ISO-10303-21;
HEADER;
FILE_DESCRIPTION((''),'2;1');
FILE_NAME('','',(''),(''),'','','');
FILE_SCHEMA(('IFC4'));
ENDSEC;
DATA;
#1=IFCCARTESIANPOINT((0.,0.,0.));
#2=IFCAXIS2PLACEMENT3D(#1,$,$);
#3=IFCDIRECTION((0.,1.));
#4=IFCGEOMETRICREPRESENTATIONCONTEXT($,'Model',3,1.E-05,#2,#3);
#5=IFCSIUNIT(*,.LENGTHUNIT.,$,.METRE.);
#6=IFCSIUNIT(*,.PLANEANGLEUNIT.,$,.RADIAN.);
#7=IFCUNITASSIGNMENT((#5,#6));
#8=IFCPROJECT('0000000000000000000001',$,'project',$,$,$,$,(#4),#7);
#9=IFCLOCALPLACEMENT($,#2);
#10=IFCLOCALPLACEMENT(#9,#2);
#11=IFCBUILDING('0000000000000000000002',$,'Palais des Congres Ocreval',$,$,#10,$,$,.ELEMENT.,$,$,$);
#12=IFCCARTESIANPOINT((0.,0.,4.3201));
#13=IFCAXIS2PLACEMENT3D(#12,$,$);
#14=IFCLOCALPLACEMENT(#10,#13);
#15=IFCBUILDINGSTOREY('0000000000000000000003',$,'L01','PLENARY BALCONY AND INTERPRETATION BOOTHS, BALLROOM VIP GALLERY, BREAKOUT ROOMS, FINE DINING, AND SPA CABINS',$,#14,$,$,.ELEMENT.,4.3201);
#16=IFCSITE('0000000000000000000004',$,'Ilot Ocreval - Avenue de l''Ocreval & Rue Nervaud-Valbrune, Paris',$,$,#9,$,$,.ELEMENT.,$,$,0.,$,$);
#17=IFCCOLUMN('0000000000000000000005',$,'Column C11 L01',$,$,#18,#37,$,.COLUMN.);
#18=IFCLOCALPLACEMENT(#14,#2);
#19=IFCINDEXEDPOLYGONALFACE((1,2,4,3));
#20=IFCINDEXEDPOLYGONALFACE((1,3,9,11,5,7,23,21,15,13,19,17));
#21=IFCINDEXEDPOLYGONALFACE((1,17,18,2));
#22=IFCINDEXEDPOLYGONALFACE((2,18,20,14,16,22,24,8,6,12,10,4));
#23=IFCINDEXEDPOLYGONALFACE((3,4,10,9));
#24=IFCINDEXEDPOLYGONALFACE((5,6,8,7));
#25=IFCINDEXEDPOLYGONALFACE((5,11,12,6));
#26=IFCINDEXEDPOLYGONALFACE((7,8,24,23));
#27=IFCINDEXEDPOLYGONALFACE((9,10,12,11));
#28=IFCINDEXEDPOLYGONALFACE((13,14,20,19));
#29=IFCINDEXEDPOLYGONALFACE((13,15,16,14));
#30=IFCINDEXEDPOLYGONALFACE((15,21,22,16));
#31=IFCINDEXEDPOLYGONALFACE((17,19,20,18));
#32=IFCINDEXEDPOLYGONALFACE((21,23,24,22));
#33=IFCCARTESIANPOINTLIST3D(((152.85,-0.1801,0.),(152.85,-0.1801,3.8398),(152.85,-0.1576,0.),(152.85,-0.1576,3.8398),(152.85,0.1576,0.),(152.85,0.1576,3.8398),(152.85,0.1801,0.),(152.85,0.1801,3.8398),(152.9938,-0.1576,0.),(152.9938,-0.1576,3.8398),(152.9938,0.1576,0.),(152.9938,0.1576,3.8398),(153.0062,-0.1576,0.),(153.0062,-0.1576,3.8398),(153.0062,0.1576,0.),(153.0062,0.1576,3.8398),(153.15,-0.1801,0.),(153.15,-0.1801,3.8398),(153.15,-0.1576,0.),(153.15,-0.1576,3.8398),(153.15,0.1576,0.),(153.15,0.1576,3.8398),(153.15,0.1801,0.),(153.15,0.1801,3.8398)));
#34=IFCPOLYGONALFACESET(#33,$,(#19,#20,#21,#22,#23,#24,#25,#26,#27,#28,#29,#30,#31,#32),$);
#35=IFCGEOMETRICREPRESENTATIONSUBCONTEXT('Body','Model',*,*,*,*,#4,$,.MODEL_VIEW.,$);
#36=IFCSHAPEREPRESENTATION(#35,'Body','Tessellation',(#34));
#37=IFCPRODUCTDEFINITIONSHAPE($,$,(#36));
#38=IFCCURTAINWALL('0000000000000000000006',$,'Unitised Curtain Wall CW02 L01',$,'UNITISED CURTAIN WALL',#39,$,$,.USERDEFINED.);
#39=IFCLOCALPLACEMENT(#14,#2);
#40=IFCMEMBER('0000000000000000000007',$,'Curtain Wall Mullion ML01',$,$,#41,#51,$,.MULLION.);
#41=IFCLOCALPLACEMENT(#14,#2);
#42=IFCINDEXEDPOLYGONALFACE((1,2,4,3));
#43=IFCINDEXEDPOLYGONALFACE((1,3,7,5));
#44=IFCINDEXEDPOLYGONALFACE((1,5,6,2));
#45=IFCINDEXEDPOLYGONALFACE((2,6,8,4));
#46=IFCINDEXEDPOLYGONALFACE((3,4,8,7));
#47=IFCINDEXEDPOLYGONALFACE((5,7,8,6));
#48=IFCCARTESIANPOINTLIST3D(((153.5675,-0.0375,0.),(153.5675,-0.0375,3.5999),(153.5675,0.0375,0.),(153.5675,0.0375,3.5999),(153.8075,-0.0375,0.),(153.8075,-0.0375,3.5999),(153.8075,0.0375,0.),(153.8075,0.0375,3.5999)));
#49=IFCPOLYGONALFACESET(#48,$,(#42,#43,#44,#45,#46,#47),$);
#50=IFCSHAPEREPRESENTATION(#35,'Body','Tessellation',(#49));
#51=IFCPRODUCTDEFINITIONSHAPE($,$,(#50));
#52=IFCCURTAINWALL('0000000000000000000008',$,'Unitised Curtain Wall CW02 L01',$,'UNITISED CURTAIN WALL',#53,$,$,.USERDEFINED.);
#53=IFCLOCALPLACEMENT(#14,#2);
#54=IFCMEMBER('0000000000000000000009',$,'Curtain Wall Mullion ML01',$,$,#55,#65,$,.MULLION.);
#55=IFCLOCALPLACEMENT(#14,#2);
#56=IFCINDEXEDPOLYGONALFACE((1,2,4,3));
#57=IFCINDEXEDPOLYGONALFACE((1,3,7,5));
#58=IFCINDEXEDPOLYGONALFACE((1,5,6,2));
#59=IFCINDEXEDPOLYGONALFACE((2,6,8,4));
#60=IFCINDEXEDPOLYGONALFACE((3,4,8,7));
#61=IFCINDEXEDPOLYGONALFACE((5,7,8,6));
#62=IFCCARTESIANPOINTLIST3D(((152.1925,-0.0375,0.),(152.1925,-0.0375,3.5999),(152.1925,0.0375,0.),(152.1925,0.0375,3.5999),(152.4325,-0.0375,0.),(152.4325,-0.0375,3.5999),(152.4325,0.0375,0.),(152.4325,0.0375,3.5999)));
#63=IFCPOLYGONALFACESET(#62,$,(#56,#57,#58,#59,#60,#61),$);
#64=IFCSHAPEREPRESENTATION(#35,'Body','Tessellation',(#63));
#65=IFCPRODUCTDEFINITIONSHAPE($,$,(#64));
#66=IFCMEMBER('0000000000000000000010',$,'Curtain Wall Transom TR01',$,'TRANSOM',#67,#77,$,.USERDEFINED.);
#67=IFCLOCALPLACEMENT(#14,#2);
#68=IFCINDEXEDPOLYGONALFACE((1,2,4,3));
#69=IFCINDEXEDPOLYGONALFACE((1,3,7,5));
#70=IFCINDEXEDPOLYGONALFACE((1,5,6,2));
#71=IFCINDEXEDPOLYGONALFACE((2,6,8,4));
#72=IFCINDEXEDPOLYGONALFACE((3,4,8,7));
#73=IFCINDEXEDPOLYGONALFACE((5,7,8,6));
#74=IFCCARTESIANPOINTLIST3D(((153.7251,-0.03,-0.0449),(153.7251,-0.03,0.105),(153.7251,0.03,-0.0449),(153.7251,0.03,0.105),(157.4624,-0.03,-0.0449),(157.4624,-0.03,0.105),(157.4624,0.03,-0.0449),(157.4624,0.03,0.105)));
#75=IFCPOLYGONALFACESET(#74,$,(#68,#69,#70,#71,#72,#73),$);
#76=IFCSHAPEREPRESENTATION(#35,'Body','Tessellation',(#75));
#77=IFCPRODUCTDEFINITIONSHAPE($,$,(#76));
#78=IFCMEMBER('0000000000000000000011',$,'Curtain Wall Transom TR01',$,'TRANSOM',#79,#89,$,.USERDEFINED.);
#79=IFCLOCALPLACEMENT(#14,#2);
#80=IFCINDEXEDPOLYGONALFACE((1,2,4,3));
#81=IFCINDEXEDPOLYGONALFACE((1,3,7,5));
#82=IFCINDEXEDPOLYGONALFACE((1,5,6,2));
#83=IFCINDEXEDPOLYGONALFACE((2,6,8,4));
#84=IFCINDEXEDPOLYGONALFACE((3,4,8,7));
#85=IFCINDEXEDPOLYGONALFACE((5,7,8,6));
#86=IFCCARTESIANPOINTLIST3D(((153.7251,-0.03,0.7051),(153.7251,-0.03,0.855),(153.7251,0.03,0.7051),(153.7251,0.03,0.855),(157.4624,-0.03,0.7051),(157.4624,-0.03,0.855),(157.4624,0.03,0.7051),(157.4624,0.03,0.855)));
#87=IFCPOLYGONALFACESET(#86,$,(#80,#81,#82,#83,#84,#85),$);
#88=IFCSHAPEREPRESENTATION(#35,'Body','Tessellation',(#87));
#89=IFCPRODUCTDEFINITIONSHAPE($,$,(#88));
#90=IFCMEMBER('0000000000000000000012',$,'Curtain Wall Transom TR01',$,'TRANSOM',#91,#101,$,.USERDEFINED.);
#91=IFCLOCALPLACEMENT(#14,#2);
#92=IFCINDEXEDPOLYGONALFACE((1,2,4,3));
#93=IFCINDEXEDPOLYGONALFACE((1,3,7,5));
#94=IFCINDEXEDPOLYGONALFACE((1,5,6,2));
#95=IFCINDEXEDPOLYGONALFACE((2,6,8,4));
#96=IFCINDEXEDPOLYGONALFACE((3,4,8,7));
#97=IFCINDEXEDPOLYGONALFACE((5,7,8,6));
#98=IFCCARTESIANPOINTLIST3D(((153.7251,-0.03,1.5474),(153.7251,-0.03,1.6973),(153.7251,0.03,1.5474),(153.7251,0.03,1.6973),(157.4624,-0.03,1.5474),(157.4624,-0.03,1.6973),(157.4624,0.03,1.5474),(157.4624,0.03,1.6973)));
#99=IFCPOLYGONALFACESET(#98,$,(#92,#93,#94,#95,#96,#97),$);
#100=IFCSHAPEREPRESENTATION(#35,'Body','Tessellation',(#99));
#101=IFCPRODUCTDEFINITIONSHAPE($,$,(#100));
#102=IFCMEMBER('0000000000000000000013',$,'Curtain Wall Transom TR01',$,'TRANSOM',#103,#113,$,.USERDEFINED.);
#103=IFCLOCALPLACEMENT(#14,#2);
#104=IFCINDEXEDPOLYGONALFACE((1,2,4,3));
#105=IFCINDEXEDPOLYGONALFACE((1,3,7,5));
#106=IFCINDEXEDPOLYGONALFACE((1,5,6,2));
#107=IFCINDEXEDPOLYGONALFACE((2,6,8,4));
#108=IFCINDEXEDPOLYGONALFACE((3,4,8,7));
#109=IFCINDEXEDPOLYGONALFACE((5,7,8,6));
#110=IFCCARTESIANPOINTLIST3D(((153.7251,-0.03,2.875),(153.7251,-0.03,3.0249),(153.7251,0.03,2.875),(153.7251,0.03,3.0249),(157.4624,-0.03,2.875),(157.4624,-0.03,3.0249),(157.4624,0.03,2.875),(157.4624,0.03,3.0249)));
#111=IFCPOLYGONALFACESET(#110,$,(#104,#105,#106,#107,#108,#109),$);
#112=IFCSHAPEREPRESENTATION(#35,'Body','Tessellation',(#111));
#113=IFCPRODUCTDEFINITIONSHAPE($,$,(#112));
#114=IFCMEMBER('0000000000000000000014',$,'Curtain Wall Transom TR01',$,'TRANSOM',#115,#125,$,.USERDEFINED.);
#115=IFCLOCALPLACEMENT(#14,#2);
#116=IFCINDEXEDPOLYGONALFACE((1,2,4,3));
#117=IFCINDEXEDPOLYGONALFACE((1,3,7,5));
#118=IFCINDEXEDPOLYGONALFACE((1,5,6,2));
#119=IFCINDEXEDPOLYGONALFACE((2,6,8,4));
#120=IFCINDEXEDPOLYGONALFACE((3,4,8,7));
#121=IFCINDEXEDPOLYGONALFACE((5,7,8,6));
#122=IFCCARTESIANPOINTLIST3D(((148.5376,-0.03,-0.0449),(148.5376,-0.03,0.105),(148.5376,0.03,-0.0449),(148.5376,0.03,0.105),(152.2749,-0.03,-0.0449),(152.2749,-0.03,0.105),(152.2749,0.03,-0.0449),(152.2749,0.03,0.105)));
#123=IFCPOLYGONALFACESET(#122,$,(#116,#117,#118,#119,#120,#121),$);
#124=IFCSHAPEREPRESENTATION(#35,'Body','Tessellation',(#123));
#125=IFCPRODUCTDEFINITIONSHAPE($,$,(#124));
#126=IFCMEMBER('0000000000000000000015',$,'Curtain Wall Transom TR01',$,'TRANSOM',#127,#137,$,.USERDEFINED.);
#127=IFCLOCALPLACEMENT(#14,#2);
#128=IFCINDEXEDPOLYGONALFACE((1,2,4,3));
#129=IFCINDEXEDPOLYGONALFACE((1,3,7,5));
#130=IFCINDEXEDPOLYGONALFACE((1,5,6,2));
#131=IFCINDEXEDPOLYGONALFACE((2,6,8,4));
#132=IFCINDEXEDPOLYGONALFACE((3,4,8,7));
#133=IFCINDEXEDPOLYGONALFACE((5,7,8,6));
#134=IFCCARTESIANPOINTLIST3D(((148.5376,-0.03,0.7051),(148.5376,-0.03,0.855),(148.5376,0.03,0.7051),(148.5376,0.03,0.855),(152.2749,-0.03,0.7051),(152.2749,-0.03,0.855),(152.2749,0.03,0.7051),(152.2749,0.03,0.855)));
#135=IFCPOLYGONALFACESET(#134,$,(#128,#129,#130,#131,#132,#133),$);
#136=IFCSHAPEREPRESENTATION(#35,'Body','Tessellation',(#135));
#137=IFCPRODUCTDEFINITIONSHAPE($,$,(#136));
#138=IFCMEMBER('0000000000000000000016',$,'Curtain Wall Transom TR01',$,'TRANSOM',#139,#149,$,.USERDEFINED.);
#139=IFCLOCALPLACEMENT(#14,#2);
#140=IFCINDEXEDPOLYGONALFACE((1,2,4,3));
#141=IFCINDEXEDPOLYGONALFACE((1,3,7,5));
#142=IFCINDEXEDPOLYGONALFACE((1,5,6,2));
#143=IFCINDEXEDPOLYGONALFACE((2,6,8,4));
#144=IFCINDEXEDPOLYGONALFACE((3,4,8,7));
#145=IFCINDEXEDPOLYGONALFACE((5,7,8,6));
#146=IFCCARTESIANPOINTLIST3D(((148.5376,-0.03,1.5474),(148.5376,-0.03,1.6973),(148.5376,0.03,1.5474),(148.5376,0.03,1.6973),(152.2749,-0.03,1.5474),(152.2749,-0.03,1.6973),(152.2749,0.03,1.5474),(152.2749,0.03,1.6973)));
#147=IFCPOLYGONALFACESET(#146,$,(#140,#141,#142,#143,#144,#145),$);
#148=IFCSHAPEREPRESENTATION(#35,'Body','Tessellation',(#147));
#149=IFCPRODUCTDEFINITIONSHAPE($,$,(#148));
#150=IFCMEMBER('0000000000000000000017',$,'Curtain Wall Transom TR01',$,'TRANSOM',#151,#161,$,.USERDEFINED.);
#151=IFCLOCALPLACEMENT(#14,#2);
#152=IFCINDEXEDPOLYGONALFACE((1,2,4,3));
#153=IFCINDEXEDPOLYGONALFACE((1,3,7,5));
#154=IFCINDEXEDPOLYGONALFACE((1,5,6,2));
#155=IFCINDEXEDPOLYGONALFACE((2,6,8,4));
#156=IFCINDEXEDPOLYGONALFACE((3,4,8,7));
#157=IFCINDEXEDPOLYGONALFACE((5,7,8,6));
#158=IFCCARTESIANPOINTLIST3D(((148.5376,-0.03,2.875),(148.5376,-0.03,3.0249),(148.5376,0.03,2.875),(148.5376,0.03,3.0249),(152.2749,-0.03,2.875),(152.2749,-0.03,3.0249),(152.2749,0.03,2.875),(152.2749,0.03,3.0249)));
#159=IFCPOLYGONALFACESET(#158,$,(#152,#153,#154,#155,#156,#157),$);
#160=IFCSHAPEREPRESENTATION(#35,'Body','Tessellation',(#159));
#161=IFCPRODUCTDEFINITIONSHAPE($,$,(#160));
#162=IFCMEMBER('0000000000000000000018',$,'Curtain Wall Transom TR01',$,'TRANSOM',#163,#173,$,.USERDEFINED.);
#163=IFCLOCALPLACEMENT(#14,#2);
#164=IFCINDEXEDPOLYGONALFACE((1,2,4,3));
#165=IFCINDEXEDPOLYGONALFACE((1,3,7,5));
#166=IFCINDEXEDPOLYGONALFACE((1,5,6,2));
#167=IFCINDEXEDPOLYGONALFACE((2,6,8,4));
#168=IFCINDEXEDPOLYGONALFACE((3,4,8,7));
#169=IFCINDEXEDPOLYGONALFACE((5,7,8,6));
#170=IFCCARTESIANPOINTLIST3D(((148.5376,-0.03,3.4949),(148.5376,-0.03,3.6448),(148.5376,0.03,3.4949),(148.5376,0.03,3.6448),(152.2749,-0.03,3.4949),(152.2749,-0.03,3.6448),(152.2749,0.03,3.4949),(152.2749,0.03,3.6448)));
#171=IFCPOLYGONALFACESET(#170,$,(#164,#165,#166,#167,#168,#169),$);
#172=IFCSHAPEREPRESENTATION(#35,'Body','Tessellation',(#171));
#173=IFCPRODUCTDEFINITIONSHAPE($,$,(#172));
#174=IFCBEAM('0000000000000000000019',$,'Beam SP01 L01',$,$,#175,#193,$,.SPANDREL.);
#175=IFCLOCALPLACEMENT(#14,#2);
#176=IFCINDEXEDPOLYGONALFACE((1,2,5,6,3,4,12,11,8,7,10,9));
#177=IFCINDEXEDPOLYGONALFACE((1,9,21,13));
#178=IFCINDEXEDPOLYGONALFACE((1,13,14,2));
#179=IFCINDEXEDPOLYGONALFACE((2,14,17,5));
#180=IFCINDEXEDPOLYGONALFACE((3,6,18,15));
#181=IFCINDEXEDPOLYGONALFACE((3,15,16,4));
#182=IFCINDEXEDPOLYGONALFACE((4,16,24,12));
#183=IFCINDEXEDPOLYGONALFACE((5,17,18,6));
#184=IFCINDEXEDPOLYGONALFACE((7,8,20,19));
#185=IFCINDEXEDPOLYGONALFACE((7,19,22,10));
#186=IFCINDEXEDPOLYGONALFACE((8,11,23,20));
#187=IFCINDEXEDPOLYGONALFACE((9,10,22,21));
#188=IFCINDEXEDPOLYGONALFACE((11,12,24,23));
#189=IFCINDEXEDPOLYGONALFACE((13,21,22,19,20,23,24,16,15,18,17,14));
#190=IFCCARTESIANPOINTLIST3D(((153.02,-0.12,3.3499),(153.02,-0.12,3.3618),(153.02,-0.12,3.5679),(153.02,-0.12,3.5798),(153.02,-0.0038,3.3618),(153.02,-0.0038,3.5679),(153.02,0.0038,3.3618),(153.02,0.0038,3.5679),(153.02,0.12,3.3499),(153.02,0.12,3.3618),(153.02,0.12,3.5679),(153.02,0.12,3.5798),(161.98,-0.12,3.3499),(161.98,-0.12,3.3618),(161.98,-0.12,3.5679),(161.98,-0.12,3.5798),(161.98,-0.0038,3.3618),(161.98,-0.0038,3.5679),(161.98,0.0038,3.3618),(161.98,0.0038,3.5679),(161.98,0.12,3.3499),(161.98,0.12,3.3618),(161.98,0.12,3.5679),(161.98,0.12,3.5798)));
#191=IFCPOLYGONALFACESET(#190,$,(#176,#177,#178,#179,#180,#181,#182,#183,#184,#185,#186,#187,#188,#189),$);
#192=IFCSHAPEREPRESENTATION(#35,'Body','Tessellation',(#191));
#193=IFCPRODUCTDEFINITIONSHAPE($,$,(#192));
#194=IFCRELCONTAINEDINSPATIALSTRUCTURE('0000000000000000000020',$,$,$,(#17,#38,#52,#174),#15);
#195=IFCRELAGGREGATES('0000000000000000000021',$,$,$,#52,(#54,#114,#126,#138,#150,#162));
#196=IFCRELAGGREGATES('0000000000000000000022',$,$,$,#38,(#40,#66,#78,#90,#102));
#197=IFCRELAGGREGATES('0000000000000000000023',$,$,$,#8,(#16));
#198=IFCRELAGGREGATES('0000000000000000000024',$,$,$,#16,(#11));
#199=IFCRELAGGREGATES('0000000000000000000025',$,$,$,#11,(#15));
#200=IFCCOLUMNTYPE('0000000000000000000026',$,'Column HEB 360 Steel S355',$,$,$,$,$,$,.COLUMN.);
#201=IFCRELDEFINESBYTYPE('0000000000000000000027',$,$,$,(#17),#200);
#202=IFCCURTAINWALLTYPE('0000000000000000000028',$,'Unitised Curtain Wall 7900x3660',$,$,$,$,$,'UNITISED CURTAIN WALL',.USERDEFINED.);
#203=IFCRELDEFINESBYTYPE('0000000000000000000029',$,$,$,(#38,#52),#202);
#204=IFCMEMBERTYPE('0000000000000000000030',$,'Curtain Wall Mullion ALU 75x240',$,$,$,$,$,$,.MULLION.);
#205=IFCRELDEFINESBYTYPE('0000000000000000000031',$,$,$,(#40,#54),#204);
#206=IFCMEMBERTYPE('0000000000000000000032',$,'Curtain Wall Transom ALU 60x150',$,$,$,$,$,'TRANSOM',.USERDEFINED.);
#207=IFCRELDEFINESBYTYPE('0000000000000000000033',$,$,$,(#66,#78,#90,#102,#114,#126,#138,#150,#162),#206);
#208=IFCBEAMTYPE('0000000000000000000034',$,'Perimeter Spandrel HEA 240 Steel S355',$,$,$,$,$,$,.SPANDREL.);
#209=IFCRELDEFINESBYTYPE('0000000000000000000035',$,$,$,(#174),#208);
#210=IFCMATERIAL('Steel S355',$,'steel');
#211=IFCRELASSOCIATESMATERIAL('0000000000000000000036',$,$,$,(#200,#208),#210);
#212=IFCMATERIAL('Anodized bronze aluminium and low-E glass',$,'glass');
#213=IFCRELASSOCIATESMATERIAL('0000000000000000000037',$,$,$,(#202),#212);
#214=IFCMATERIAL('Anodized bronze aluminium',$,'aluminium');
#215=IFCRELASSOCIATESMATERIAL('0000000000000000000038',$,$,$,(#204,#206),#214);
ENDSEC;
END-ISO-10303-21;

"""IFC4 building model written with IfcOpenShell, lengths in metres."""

from ifc_helpers import new_model, si_unit, direction, frame, origin, origin_2d, place, context, subcontext, project, spatial, rectangle, i_section, extrude, material, material_profile, profile_set, type_object, element, aggregate, save


model = new_model("IFC4")

# Units and contexts
model_context = context("Model", 3, precision=1e-05, world=origin(), true_north=direction((0.0, 1.0)))
body_context = subcontext(model_context, "Body", "Model", "MODEL_VIEW")
ifc_project = project(units=[si_unit("LENGTHUNIT", "METRE"), si_unit("PLANEANGLEUNIT", "RADIAN")], contexts=[model_context])

# Site, building, storey
site_placement = place(None, origin())
site = spatial("IfcSite", under=ifc_project, at=site_placement, Name="Ilot Ocreval - Avenue de l'Ocreval & Rue Nervaud-Valbrune, Paris", CompositionType="ELEMENT", RefElevation=0.0)
building_placement = place(site_placement, origin())
building = spatial("IfcBuilding", under=site, at=building_placement, Name="Palais des Congres Ocreval", CompositionType="ELEMENT")
storey_placement = place(building_placement, frame((0.0, 0.0, 4.3201)))
storey = spatial("IfcBuildingStorey", under=building, at=storey_placement, Name="L01", Description="PLENARY BALCONY AND INTERPRETATION BOOTHS, BALLROOM VIP GALLERY, BREAKOUT ROOMS, FINE DINING, AND SPA CABINS", CompositionType="ELEMENT", Elevation=4.3201)

# Column
ifc_material_1 = material(Name="Steel S355", Category="steel")
ifc_material_profile_1 = material_profile(ifc_material_1, i_section(OverallWidth=0.3, OverallDepth=0.3601, WebThickness=0.0125, FlangeThickness=0.0225, at=origin_2d()), Name="HEB 360")
ifc_profile_set_1 = profile_set([ifc_material_profile_1], Name="Steel S355")
column_type = type_object("IfcColumnType", Name="Column HEB 360 Steel S355", PredefinedType="COLUMN", material=ifc_profile_set_1)
column_placement = place(storey_placement, frame((153.0, 0.0, 0.0), z_axis=(0.0, 0.0, 1.0), x_axis=(1.0, 0.0, 0.0)))
element("IfcColumn", 1, at=column_placement, inside=storey, type_object=column_type, Name="Column C11 L01", PredefinedType="COLUMN", context=body_context, shape_type="SweptSolid", body=[
    extrude(i_section(OverallWidth=0.3, OverallDepth=0.3601, WebThickness=0.0125, FlangeThickness=0.0225, at=origin_2d()), origin(), (0.0, 0.0, 1.0), 3.8398),
])

# Curtain walls, members
ifc_material_2 = material(Name="Anodized bronze aluminium and low-E glass", Category="glass")
curtain_wall_type = type_object("IfcCurtainWallType", Name="Unitised Curtain Wall 7900x3660", ElementType="UNITISED CURTAIN WALL", PredefinedType="USERDEFINED", material=ifc_material_2)
curtain_wall_1_placement = place(storey_placement, origin())
curtain_wall_1 = element("IfcCurtainWall", 2, at=curtain_wall_1_placement, inside=storey, type_object=curtain_wall_type, Name="Unitised Curtain Wall CW02 L01", ObjectType="UNITISED CURTAIN WALL", PredefinedType="USERDEFINED")
ifc_material_3 = material(Name="Anodized bronze aluminium", Category="aluminium")
ifc_material_profile_2 = material_profile(ifc_material_3, rectangle(XDim=0.075, YDim=0.24, at=origin_2d()), Name="ALU 75x240")
ifc_profile_set_2 = profile_set([ifc_material_profile_2], Name="Anodized bronze aluminium")
member_type_1 = type_object("IfcMemberType", Name="Curtain Wall Mullion ALU 75x240", PredefinedType="MULLION", material=ifc_profile_set_2)
member_1_placement = place(storey_placement, frame((153.6875, 0.0, 0.0), z_axis=(0.0, 0.0, 1.0), x_axis=(0.0, -1.0, 0.0)))
member_1 = element("IfcMember", 3, at=member_1_placement, type_object=member_type_1, Name="Curtain Wall Mullion ML01", PredefinedType="MULLION", context=body_context, shape_type="SweptSolid", body=[
    extrude(rectangle(XDim=0.075, YDim=0.24, at=origin_2d()), origin(), (0.0, 0.0, 1.0), 3.5999),
])
curtain_wall_2_placement = place(storey_placement, origin())
curtain_wall_2 = element("IfcCurtainWall", 4, at=curtain_wall_2_placement, inside=storey, type_object=curtain_wall_type, Name="Unitised Curtain Wall CW02 L01", ObjectType="UNITISED CURTAIN WALL", PredefinedType="USERDEFINED")
member_2_placement = place(storey_placement, frame((152.3125, 0.0, 0.0), z_axis=(0.0, 0.0, 1.0), x_axis=(0.0, -1.0, 0.0)))
member_2 = element("IfcMember", 5, at=member_2_placement, type_object=member_type_1, Name="Curtain Wall Mullion ML01", PredefinedType="MULLION", context=body_context, shape_type="SweptSolid", body=[
    extrude(rectangle(XDim=0.075, YDim=0.24, at=origin_2d()), origin(), (0.0, 0.0, 1.0), 3.5999),
])

# Members
ifc_material_profile_3 = material_profile(ifc_material_3, rectangle(XDim=0.0601, YDim=0.1499, at=origin_2d()), Name="ALU 60x150")
ifc_profile_set_3 = profile_set([ifc_material_profile_3], Name="Anodized bronze aluminium")
member_type_2 = type_object("IfcMemberType", Name="Curtain Wall Transom ALU 60x150", ElementType="TRANSOM", PredefinedType="USERDEFINED", material=ifc_profile_set_3)
member_3_placement = place(storey_placement, frame((157.4624, 0.0, 0.03), z_axis=(-1.0, 0.0, 0.0), x_axis=(0.0, -1.0, 0.0)))
member_3 = element("IfcMember", 6, at=member_3_placement, type_object=member_type_2, Name="Curtain Wall Transom TR01", ObjectType="TRANSOM", PredefinedType="USERDEFINED", context=body_context, shape_type="SweptSolid", body=[
    extrude(rectangle(XDim=0.0601, YDim=0.1499, at=origin_2d()), origin(), (0.0, 0.0, 1.0), 3.7373),
])
member_4_placement = place(storey_placement, frame((157.4624, 0.0, 0.78), z_axis=(-1.0, 0.0, 0.0), x_axis=(0.0, -1.0, 0.0)))
member_4 = element("IfcMember", 7, at=member_4_placement, type_object=member_type_2, Name="Curtain Wall Transom TR01", ObjectType="TRANSOM", PredefinedType="USERDEFINED", context=body_context, shape_type="SweptSolid", body=[
    extrude(rectangle(XDim=0.0601, YDim=0.1499, at=origin_2d()), origin(), (0.0, 0.0, 1.0), 3.7373),
])
member_5_placement = place(storey_placement, frame((157.4624, 0.0, 1.6223), z_axis=(-1.0, 0.0, 0.0), x_axis=(0.0, -1.0, 0.0)))
member_5 = element("IfcMember", 8, at=member_5_placement, type_object=member_type_2, Name="Curtain Wall Transom TR01", ObjectType="TRANSOM", PredefinedType="USERDEFINED", context=body_context, shape_type="SweptSolid", body=[
    extrude(rectangle(XDim=0.0601, YDim=0.1499, at=origin_2d()), origin(), (0.0, 0.0, 1.0), 3.7373),
])
member_6_placement = place(storey_placement, frame((157.4624, 0.0, 2.95), z_axis=(-1.0, 0.0, 0.0), x_axis=(0.0, -1.0, 0.0)))
member_6 = element("IfcMember", 9, at=member_6_placement, type_object=member_type_2, Name="Curtain Wall Transom TR01", ObjectType="TRANSOM", PredefinedType="USERDEFINED", context=body_context, shape_type="SweptSolid", body=[
    extrude(rectangle(XDim=0.0601, YDim=0.1499, at=origin_2d()), origin(), (0.0, 0.0, 1.0), 3.7373),
])
member_7_placement = place(storey_placement, frame((152.2749, 0.0, 0.03), z_axis=(-1.0, 0.0, 0.0), x_axis=(0.0, -1.0, 0.0)))
member_7 = element("IfcMember", 10, at=member_7_placement, type_object=member_type_2, Name="Curtain Wall Transom TR01", ObjectType="TRANSOM", PredefinedType="USERDEFINED", context=body_context, shape_type="SweptSolid", body=[
    extrude(rectangle(XDim=0.0601, YDim=0.1499, at=origin_2d()), origin(), (0.0, 0.0, 1.0), 3.7373),
])
member_8_placement = place(storey_placement, frame((152.2749, 0.0, 0.78), z_axis=(-1.0, 0.0, 0.0), x_axis=(0.0, -1.0, 0.0)))
member_8 = element("IfcMember", 11, at=member_8_placement, type_object=member_type_2, Name="Curtain Wall Transom TR01", ObjectType="TRANSOM", PredefinedType="USERDEFINED", context=body_context, shape_type="SweptSolid", body=[
    extrude(rectangle(XDim=0.0601, YDim=0.1499, at=origin_2d()), origin(), (0.0, 0.0, 1.0), 3.7373),
])
member_9_placement = place(storey_placement, frame((152.2749, 0.0, 1.6223), z_axis=(-1.0, 0.0, 0.0), x_axis=(0.0, -1.0, 0.0)))
member_9 = element("IfcMember", 12, at=member_9_placement, type_object=member_type_2, Name="Curtain Wall Transom TR01", ObjectType="TRANSOM", PredefinedType="USERDEFINED", context=body_context, shape_type="SweptSolid", body=[
    extrude(rectangle(XDim=0.0601, YDim=0.1499, at=origin_2d()), origin(), (0.0, 0.0, 1.0), 3.7373),
])
member_10_placement = place(storey_placement, frame((152.2749, 0.0, 2.95), z_axis=(-1.0, 0.0, 0.0), x_axis=(0.0, -1.0, 0.0)))
member_10 = element("IfcMember", 13, at=member_10_placement, type_object=member_type_2, Name="Curtain Wall Transom TR01", ObjectType="TRANSOM", PredefinedType="USERDEFINED", context=body_context, shape_type="SweptSolid", body=[
    extrude(rectangle(XDim=0.0601, YDim=0.1499, at=origin_2d()), origin(), (0.0, 0.0, 1.0), 3.7373),
])
member_11_placement = place(storey_placement, frame((152.2749, 0.0, 3.5698), z_axis=(-1.0, 0.0, 0.0), x_axis=(0.0, -1.0, 0.0)))
member_11 = element("IfcMember", 14, at=member_11_placement, type_object=member_type_2, Name="Curtain Wall Transom TR01", ObjectType="TRANSOM", PredefinedType="USERDEFINED", context=body_context, shape_type="SweptSolid", body=[
    extrude(rectangle(XDim=0.0601, YDim=0.1499, at=origin_2d()), origin(), (0.0, 0.0, 1.0), 3.7373),
])

# Beam
ifc_material_profile_4 = material_profile(ifc_material_1, i_section(OverallWidth=0.24, OverallDepth=0.23, WebThickness=0.0076, FlangeThickness=0.012, at=origin_2d()), Name="HEA 240")
ifc_profile_set_4 = profile_set([ifc_material_profile_4], Name="Steel S355")
beam_type = type_object("IfcBeamType", Name="Perimeter Spandrel HEA 240 Steel S355", PredefinedType="SPANDREL", material=ifc_profile_set_4)
beam_placement = place(storey_placement, frame((153.02, 0.0, 3.4648), z_axis=(1.0, 0.0, 0.0), x_axis=(0.0, 1.0, 0.0)))
element("IfcBeam", 15, at=beam_placement, inside=storey, type_object=beam_type, Name="Beam SP01 L01", PredefinedType="SPANDREL", context=body_context, shape_type="SweptSolid", body=[
    extrude(i_section(OverallWidth=0.24, OverallDepth=0.23, WebThickness=0.0076, FlangeThickness=0.012, at=origin_2d()), origin(), (0.0, 0.0, 1.0), 8.96),
])

aggregate(curtain_wall_2, [member_2, member_7, member_8, member_9, member_10, member_11])
aggregate(curtain_wall_1, [member_1, member_3, member_4, member_5, member_6])

save(model, "model.ifc")
